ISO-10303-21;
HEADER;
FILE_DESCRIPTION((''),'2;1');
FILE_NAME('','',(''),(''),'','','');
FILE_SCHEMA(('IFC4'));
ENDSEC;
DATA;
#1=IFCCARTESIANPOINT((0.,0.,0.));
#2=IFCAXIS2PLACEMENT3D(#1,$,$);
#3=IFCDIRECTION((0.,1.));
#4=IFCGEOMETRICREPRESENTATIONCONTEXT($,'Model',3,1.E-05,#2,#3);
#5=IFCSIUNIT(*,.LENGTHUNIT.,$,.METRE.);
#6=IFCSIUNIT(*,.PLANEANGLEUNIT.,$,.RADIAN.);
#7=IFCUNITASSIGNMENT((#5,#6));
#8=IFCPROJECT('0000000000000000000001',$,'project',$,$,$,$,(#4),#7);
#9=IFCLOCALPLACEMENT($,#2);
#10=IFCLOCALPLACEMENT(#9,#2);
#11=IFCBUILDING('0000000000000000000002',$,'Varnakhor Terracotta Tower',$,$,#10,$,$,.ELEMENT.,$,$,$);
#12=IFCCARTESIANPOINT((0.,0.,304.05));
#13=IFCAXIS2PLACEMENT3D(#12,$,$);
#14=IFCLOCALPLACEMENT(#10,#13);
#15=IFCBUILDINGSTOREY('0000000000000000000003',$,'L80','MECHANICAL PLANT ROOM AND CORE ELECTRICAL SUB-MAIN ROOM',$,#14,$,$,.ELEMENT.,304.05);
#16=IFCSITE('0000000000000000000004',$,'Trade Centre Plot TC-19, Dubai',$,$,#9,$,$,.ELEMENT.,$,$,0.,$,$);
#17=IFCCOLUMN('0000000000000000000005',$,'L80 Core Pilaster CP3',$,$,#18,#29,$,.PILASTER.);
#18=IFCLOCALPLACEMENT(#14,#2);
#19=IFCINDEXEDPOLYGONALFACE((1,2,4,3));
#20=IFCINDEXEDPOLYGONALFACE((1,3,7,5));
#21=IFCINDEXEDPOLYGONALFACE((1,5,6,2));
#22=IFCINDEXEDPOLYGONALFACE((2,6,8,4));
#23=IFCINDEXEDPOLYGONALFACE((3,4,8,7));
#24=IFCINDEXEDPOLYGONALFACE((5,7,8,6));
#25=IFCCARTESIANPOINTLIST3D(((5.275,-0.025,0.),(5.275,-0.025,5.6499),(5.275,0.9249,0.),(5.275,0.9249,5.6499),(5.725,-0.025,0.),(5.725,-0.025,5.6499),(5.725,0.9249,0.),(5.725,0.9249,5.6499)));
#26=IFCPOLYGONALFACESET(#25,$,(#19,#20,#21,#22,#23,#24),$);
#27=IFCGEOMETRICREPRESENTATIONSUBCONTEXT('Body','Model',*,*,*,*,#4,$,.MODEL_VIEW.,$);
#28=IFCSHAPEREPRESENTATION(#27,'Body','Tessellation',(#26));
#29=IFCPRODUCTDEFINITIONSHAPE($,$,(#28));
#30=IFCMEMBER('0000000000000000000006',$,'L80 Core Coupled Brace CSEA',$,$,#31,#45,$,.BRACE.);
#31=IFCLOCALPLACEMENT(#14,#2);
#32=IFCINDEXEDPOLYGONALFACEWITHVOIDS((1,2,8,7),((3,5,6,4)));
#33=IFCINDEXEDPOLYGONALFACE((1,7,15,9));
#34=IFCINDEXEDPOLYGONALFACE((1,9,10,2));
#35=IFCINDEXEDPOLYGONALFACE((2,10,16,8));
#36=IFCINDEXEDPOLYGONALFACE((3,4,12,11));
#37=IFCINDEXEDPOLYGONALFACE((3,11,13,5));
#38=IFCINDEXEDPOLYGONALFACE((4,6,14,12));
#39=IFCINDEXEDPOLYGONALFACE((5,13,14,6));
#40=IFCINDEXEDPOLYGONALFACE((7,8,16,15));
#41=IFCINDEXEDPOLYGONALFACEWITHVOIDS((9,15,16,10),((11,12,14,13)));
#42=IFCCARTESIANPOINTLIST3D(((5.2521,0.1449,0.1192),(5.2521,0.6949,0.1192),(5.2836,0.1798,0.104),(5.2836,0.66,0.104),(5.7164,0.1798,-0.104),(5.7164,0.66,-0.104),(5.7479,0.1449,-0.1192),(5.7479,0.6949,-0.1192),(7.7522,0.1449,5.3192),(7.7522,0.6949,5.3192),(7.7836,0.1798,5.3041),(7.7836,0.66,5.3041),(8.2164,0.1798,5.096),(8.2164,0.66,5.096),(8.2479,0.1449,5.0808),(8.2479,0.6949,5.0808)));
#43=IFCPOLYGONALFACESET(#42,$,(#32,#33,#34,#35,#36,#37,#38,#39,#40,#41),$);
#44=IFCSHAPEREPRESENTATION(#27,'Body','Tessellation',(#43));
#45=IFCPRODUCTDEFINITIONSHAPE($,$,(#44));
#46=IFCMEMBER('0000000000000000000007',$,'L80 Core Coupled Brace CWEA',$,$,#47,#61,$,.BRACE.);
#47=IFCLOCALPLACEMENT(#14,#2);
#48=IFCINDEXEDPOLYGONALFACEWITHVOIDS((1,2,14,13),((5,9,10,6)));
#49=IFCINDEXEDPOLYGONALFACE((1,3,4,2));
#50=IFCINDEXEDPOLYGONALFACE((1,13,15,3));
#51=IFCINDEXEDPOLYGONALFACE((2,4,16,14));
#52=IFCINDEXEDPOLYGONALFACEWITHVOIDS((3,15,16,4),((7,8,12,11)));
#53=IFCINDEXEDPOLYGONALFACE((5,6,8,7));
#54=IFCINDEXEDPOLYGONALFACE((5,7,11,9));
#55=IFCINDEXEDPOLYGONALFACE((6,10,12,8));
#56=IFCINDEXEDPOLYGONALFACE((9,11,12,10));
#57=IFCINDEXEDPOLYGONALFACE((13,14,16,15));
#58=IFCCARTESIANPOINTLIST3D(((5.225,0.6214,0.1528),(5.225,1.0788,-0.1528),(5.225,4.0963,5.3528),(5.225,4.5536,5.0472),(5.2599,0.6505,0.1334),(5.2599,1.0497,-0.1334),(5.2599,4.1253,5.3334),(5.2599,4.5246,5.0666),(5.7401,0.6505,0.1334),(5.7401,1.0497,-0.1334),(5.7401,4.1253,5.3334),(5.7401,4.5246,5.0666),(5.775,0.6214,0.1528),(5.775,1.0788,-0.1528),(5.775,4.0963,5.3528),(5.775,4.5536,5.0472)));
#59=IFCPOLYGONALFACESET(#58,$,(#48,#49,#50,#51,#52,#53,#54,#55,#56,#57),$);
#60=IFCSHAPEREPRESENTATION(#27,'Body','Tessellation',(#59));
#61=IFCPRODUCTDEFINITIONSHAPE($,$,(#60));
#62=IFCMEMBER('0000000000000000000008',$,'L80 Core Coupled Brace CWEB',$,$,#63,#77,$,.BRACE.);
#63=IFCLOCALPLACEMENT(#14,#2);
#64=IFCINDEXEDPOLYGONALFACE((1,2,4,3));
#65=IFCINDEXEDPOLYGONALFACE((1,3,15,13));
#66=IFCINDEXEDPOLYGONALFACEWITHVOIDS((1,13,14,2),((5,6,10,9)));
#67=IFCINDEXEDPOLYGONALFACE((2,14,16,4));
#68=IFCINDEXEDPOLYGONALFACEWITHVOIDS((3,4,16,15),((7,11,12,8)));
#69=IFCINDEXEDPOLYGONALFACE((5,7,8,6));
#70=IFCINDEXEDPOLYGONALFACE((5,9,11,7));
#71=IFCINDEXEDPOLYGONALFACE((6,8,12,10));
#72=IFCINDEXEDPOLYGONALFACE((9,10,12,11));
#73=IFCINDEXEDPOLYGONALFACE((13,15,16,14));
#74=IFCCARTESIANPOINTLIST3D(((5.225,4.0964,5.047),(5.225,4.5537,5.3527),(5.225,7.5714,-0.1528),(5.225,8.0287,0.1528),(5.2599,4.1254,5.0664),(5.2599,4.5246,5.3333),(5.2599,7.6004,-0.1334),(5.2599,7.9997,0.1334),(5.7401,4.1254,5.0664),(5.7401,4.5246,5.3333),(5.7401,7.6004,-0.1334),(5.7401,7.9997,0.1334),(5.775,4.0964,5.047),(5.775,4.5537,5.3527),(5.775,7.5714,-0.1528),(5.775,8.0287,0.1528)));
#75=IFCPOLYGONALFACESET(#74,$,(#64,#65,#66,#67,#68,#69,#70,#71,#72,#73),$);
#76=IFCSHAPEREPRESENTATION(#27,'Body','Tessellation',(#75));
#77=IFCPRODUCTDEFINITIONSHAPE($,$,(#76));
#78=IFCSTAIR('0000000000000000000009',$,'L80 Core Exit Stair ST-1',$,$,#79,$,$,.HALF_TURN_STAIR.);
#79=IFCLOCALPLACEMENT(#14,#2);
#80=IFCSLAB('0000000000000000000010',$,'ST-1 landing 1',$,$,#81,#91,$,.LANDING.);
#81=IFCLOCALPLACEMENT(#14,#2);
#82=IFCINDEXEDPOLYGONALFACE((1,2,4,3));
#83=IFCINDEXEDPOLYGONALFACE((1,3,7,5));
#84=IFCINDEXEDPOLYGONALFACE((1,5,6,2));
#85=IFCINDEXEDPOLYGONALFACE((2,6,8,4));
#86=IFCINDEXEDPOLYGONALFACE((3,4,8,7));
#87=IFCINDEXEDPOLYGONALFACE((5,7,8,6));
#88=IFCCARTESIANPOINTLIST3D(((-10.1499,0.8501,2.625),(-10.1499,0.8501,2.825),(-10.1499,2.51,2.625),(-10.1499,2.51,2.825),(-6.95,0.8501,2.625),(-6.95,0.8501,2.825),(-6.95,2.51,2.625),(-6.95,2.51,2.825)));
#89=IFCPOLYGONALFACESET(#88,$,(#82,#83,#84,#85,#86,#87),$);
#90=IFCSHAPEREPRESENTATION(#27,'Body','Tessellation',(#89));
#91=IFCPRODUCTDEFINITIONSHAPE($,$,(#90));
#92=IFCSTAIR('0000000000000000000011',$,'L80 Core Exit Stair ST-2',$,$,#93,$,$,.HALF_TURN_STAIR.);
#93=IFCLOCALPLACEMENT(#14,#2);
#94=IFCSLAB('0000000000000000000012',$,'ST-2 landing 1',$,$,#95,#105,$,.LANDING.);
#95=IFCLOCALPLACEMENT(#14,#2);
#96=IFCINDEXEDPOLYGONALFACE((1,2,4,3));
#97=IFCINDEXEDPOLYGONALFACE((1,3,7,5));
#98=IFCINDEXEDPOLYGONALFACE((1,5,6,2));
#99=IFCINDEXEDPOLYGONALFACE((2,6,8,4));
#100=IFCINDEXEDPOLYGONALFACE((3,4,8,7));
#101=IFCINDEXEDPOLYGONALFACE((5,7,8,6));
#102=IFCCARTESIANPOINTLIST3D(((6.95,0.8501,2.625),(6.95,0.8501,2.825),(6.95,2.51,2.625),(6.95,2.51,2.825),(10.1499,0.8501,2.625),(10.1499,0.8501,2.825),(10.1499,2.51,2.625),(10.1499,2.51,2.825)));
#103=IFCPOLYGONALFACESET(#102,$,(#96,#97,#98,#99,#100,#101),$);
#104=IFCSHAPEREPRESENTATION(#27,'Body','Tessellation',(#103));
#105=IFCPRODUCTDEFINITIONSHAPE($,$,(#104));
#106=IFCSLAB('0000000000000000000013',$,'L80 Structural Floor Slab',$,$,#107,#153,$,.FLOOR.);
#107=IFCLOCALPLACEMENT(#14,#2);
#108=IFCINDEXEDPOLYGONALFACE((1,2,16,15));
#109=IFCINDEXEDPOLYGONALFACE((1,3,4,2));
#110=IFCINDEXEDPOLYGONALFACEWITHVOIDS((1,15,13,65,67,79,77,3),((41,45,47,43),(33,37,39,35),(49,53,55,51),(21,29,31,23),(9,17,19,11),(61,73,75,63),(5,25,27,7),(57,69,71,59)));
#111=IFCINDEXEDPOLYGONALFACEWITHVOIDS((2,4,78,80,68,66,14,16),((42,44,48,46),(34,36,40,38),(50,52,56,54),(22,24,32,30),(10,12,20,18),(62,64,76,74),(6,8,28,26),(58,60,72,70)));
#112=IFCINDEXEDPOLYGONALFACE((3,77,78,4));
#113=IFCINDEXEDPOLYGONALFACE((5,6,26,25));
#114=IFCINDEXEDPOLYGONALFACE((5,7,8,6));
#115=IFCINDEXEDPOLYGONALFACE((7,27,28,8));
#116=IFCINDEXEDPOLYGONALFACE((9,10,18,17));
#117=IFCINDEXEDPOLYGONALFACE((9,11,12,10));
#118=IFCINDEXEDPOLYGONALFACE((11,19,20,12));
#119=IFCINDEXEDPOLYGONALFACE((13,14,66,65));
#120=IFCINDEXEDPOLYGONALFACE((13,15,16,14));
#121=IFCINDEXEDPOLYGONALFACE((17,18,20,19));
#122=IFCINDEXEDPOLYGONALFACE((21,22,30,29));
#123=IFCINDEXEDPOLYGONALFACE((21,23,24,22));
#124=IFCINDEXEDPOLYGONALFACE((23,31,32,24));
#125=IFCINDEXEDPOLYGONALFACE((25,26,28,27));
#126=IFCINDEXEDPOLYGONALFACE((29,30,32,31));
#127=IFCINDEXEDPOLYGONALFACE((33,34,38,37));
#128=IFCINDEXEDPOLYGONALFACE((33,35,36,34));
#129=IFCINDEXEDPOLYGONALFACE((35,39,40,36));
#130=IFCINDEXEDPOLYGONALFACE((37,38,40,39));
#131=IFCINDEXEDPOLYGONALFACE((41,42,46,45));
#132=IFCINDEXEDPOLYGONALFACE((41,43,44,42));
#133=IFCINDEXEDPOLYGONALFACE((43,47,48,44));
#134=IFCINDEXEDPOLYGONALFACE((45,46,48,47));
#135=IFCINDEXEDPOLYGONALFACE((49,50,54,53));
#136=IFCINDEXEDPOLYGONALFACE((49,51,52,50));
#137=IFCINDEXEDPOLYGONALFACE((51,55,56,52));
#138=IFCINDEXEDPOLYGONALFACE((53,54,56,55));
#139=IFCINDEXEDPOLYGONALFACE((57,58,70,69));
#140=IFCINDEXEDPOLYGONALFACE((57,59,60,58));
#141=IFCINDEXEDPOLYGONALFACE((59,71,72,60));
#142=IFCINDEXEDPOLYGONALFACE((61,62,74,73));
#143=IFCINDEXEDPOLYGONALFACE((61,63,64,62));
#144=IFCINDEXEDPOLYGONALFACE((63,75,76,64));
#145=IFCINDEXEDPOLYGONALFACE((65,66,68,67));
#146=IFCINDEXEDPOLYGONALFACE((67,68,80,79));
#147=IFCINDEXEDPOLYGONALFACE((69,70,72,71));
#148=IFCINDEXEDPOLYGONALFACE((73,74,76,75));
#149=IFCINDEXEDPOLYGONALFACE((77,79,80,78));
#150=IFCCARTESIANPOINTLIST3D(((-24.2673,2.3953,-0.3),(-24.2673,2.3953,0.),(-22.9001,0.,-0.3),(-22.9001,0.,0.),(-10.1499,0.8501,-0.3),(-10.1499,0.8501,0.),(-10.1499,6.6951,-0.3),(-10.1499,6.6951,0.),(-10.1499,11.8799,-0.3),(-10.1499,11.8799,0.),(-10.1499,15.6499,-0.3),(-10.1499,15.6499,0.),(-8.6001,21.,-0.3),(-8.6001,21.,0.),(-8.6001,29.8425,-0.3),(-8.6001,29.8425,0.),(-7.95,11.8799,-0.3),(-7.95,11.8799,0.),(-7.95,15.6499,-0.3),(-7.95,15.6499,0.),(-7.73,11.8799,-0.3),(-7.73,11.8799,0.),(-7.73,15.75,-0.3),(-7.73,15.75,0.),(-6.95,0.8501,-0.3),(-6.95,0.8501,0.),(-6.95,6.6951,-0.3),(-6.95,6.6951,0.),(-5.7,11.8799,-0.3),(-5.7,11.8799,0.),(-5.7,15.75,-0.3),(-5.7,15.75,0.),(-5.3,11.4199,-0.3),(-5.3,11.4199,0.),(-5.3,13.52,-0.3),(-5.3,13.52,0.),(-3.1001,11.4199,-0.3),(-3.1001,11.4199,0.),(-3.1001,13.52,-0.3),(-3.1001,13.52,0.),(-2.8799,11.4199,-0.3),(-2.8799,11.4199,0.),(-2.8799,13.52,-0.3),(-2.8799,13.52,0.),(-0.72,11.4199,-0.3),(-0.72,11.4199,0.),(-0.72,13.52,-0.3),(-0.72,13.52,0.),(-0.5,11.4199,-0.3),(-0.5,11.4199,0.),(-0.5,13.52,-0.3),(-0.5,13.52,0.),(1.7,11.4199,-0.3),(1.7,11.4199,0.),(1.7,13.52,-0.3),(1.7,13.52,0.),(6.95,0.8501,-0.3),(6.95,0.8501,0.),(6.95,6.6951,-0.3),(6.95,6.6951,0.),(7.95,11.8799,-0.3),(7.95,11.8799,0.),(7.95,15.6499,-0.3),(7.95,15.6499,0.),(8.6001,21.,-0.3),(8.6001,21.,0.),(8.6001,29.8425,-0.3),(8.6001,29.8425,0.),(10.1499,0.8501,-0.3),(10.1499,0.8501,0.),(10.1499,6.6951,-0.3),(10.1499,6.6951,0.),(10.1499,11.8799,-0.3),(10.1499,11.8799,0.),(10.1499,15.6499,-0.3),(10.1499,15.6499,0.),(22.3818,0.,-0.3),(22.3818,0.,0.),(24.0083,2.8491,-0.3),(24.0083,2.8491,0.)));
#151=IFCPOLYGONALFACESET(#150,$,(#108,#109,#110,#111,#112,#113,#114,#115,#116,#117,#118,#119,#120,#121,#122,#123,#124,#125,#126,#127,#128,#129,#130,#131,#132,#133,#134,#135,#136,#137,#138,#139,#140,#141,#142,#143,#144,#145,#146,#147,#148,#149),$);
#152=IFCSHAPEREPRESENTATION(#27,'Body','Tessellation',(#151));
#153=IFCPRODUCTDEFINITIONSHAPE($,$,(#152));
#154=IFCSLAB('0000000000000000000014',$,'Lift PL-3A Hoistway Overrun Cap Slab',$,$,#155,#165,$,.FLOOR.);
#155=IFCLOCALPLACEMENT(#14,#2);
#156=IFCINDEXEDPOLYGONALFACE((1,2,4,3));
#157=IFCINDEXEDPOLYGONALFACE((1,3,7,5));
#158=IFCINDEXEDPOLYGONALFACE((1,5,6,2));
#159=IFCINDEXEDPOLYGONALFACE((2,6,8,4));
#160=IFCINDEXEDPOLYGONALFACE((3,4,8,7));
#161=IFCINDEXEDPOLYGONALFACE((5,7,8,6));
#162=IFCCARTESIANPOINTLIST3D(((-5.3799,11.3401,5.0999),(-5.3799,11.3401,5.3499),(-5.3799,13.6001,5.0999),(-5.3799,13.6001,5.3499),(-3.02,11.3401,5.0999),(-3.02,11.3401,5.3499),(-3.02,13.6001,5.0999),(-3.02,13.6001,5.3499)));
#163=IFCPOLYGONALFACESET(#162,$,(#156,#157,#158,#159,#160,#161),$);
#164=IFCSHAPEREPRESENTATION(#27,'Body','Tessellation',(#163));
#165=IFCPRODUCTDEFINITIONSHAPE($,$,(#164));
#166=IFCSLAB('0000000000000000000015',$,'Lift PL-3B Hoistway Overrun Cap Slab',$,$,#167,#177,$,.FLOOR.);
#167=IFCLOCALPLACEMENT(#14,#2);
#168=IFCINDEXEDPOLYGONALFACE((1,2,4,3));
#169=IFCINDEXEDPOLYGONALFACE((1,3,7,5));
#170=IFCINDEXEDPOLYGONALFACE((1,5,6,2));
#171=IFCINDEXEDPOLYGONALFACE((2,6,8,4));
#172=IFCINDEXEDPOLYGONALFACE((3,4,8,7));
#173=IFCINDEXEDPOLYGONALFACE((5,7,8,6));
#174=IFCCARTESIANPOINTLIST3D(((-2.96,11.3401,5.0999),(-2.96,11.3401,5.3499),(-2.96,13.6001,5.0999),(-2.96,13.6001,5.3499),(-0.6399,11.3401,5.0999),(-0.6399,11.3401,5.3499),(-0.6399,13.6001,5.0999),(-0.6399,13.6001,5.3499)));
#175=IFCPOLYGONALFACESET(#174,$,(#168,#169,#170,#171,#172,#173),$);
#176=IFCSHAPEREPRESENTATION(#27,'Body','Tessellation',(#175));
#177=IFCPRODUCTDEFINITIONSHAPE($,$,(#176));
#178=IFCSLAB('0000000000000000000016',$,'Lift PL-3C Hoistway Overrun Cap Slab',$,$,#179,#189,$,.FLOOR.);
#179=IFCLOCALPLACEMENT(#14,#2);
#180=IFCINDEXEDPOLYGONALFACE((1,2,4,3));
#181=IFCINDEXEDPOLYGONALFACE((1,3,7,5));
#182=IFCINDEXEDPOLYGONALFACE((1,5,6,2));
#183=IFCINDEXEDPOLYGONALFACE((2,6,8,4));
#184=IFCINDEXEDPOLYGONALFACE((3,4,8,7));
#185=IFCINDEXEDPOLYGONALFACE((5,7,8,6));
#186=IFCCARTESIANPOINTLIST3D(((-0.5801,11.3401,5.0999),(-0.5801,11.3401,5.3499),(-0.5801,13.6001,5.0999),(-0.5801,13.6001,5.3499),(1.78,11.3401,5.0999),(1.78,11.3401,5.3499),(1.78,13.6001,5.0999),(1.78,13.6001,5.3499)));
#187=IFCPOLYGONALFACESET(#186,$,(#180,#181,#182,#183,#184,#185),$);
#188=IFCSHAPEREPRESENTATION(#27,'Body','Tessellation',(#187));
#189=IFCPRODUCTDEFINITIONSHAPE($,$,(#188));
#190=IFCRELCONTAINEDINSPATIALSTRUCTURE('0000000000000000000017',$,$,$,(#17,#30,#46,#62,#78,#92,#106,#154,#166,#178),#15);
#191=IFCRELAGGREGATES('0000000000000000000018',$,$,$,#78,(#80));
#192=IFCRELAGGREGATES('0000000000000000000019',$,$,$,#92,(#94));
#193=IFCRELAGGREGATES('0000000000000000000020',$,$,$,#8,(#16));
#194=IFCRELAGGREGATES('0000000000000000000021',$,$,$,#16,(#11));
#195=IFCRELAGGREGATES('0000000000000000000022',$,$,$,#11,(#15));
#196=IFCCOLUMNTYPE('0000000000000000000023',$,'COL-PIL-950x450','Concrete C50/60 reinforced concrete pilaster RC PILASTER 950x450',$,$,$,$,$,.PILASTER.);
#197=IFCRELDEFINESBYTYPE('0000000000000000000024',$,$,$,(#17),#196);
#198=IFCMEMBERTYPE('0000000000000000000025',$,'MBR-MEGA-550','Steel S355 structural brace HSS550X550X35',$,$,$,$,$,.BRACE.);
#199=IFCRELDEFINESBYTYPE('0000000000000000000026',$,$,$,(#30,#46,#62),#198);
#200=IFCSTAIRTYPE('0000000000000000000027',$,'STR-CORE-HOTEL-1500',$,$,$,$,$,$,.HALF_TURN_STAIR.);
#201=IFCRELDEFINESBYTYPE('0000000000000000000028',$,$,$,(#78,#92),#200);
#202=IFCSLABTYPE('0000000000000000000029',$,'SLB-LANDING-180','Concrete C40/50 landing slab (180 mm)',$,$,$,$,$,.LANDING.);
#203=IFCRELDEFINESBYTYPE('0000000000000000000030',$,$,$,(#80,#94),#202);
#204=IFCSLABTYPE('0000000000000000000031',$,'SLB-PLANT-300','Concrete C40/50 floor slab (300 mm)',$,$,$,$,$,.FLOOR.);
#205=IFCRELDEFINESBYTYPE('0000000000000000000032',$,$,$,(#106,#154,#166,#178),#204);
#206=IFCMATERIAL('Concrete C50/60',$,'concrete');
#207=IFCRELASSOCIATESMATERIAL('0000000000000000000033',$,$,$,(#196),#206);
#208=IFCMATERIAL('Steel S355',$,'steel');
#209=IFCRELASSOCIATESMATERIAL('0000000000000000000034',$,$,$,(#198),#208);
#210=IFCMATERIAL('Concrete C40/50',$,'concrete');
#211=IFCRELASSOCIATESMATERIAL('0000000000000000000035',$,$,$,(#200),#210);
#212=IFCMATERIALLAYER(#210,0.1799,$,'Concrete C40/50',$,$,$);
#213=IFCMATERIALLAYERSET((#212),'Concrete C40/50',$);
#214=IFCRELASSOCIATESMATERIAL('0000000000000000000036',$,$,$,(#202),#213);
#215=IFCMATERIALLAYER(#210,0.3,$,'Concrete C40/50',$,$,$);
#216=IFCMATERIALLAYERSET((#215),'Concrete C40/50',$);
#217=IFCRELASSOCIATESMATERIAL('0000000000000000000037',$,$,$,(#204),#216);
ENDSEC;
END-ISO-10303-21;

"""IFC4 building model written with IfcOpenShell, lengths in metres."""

from ifc_helpers import new_model, si_unit, direction, frame, origin, origin_2d, place, context, subcontext, project, spatial, polyline, rectangle, hollow_rectangle, outline, extrude, source, transform, mapped, material, layer, layer_set, material_profile, profile_set, type_object, element, aggregate, save


model = new_model("IFC4")

# Units and contexts
model_context = context("Model", 3, precision=1e-05, world=origin(), true_north=direction((0.0, 1.0)))
body_context = subcontext(model_context, "Body", "Model", "MODEL_VIEW")
ifc_project = project(units=[si_unit("LENGTHUNIT", "METRE"), si_unit("PLANEANGLEUNIT", "RADIAN")], contexts=[model_context])

# Site, building, storey
site_placement = place(None, origin())
site = spatial("IfcSite", under=ifc_project, at=site_placement, Name="Trade Centre Plot TC-19, Dubai", CompositionType="ELEMENT", RefElevation=0.0)
building_placement = place(site_placement, origin())
building = spatial("IfcBuilding", under=site, at=building_placement, Name="Varnakhor Terracotta Tower", CompositionType="ELEMENT")
storey_placement = place(building_placement, frame((0.0, 0.0, 304.05)))
storey = spatial("IfcBuildingStorey", under=building, at=storey_placement, Name="L80", Description="MECHANICAL PLANT ROOM AND CORE ELECTRICAL SUB-MAIN ROOM", CompositionType="ELEMENT", Elevation=304.05)

# Column
ifc_material_1 = material(Name="Concrete C50/60", Category="concrete")
ifc_material_profile_1 = material_profile(ifc_material_1, rectangle(XDim=0.45, YDim=0.95, at=origin_2d()), Name="RC PILASTER 950x450")
ifc_profile_set_1 = profile_set([ifc_material_profile_1], Name="Concrete C50/60")
column_type = type_object("IfcColumnType", Name="COL-PIL-950x450", Description="Concrete C50/60 reinforced concrete pilaster RC PILASTER 950x450", PredefinedType="PILASTER", material=ifc_profile_set_1)
shared_shape_1 = source(origin(), body_context, "Body", "SweptSolid", [
    extrude(rectangle(XDim=0.45, YDim=0.95, at=origin_2d()), origin(), (0.0, 0.0, 1.0), 5.6499),
])
column_placement = place(storey_placement, frame((5.5, 0.45, 0.0), z_axis=(0.0, 0.0, 1.0), x_axis=(1.0, 0.0, 0.0)))
element("IfcColumn", 1, at=column_placement, inside=storey, type_object=column_type, Name="L80 Core Pilaster CP3", PredefinedType="PILASTER", context=body_context, shape_type="MappedRepresentation", body=[
    mapped(shared_shape_1, transform((0.0, 0.0, 0.0), scale=1.0)),
])

# Members
ifc_material_2 = material(Name="Steel S355", Category="steel")
ifc_material_profile_2 = material_profile(ifc_material_2, hollow_rectangle(XDim=0.55, YDim=0.55, WallThickness=0.0349, at=origin_2d()), Name="HSS550X550X35")
ifc_profile_set_2 = profile_set([ifc_material_profile_2], Name="Steel S355")
member_type = type_object("IfcMemberType", Name="MBR-MEGA-550", Description="Steel S355 structural brace HSS550X550X35", PredefinedType="BRACE", material=ifc_profile_set_2)
shared_shape_2 = source(origin(), body_context, "Body", "SweptSolid", [
    extrude(hollow_rectangle(XDim=0.55, YDim=0.55, WallThickness=0.0349, at=origin_2d()), origin(), (0.0, 0.0, 1.0), 5.7698),
])
member_placement = place(storey_placement, frame((5.5, 0.4199, 0.0), z_axis=(0.433298, 0.0, 0.901251), x_axis=(0.0, 1.0, 0.0)))
element("IfcMember", 2, at=member_placement, inside=storey, type_object=member_type, Name="L80 Core Coupled Brace CSEA", PredefinedType="BRACE", context=body_context, shape_type="MappedRepresentation", body=[
    mapped(shared_shape_2, transform((0.0, 0.0, 0.0), scale=1.0)),
])
shared_shape_3 = source(origin(), body_context, "Body", "SweptSolid", [
    extrude(hollow_rectangle(XDim=0.55, YDim=0.55, WallThickness=0.0349, at=origin_2d()), origin(), (0.0, 0.0, 1.0), 6.2542),
])
for number, where, z_axis, x_axis, name in (
    (3, (5.5, 0.8501, 0.0), (0.0, 0.55561, 0.831443), (-1.0, 0.0, 0.0), "L80 Core Coupled Brace CWEA"),
    (4, (5.5, 7.8, 0.0), (0.0, -0.555637, 0.831425), (1.0, 0.0, 0.0), "L80 Core Coupled Brace CWEB"),
):
    element("IfcMember", number, at=place(storey_placement, frame(where, z_axis=z_axis, x_axis=x_axis)), inside=storey, type_object=member_type, Name=name, PredefinedType="BRACE", context=body_context, shape_type="MappedRepresentation", body=[
        mapped(shared_shape_3, transform((0.0, 0.0, 0.0), scale=1.0)),
    ])

# Stairs, slabs
ifc_material_3 = material(Name="Concrete C40/50", Category="concrete")
stair_type = type_object("IfcStairType", Name="STR-CORE-HOTEL-1500", PredefinedType="HALF_TURN_STAIR", material=ifc_material_3)
stair_1_placement = place(storey_placement, origin())
stair_1 = element("IfcStair", 5, at=stair_1_placement, inside=storey, type_object=stair_type, Name="L80 Core Exit Stair ST-1", PredefinedType="HALF_TURN_STAIR")
ifc_layer_1 = layer(ifc_material_3, 0.1799, Name="Concrete C40/50")
ifc_layer_set_1 = layer_set([ifc_layer_1], Name="Concrete C40/50")
slab_type_1 = type_object("IfcSlabType", Name="SLB-LANDING-180", Description="Concrete C40/50 landing slab (180 mm)", PredefinedType="LANDING", material=ifc_layer_set_1)
slab_1_placement = place(storey_placement, frame((0.0, 0.0, 2.625)))
slab_1 = element("IfcSlab", 6, at=slab_1_placement, type_object=slab_type_1, Name="ST-1 landing 1", PredefinedType="LANDING", context=body_context, shape_type="SweptSolid", body=[
    extrude(outline(polyline([(-10.1499, 2.51), (-10.1499, 0.8501), (-6.95, 0.8501), (-6.95, 2.51), (-10.1499, 2.51)])), origin(), (0.0, 0.0, 1.0), 0.2),
])
aggregate(stair_1, [slab_1])
stair_2_placement = place(storey_placement, origin())
stair_2 = element("IfcStair", 7, at=stair_2_placement, inside=storey, type_object=stair_type, Name="L80 Core Exit Stair ST-2", PredefinedType="HALF_TURN_STAIR")
slab_2_placement = place(storey_placement, frame((0.0, 0.0, 2.625)))
slab_2 = element("IfcSlab", 8, at=slab_2_placement, type_object=slab_type_1, Name="ST-2 landing 1", PredefinedType="LANDING", context=body_context, shape_type="SweptSolid", body=[
    extrude(outline(polyline([(6.95, 2.51), (6.95, 0.8501), (10.1499, 0.8501), (10.1499, 2.51), (6.95, 2.51)])), origin(), (0.0, 0.0, 1.0), 0.2),
])
aggregate(stair_2, [slab_2])

# Slabs
ifc_layer_2 = layer(ifc_material_3, 0.3, Name="Concrete C40/50")
ifc_layer_set_2 = layer_set([ifc_layer_2], Name="Concrete C40/50")
slab_type_2 = type_object("IfcSlabType", Name="SLB-PLANT-300", Description="Concrete C40/50 floor slab (300 mm)", PredefinedType="FLOOR", material=ifc_layer_set_2)
slab_3_placement = place(storey_placement, frame((0.0, 0.0, -0.3)))
element("IfcSlab", 9, at=slab_3_placement, inside=storey, type_object=slab_type_2, Name="L80 Structural Floor Slab", PredefinedType="FLOOR", context=body_context, shape_type="SweptSolid", body=[
    extrude(outline(polyline([(24.0083, 2.8491), (22.3818, 0.0), (-22.9001, 0.0), (-24.2673, 2.3953), (-8.6001, 29.8425), (-8.6001, 21.0), (8.6001, 21.0), (8.6001, 29.8425), (24.0083, 2.8491)]), holes=[polyline([(-6.95, 0.8501), (-6.95, 6.6951), (-10.1499, 6.6951), (-10.1499, 0.8501), (-6.95, 0.8501)]), polyline([(10.1499, 0.8501), (10.1499, 6.6951), (6.95, 6.6951), (6.95, 0.8501), (10.1499, 0.8501)]), polyline([(-3.1001, 11.4199), (-3.1001, 13.52), (-5.3, 13.52), (-5.3, 11.4199), (-3.1001, 11.4199)]), polyline([(-0.72, 11.4199), (-0.72, 13.52), (-2.8799, 13.52), (-2.8799, 11.4199), (-0.72, 11.4199)]), polyline([(1.7, 11.4199), (1.7, 13.52), (-0.5, 13.52), (-0.5, 11.4199), (1.7, 11.4199)]), polyline([(-7.95, 11.8799), (-7.95, 15.6499), (-10.1499, 15.6499), (-10.1499, 11.8799), (-7.95, 11.8799)]), polyline([(10.1499, 11.8799), (10.1499, 15.6499), (7.95, 15.6499), (7.95, 11.8799), (10.1499, 11.8799)]), polyline([(-7.73, 11.8799), (-5.7, 11.8799), (-5.7, 15.75), (-7.73, 15.75), (-7.73, 11.8799)])]), origin(), (0.0, 0.0, 1.0), 0.3),
])
slab_4_placement = place(storey_placement, frame((0.0, 0.0, 5.0999)))
element("IfcSlab", 10, at=slab_4_placement, inside=storey, type_object=slab_type_2, Name="Lift PL-3A Hoistway Overrun Cap Slab", PredefinedType="FLOOR", context=body_context, shape_type="SweptSolid", body=[
    extrude(outline(polyline([(-5.3799, 11.3401), (-3.02, 11.3401), (-3.02, 13.6001), (-5.3799, 13.6001), (-5.3799, 11.3401)])), origin(), (0.0, 0.0, 1.0), 0.25),
])
slab_5_placement = place(storey_placement, frame((0.0, 0.0, 5.0999)))
element("IfcSlab", 11, at=slab_5_placement, inside=storey, type_object=slab_type_2, Name="Lift PL-3B Hoistway Overrun Cap Slab", PredefinedType="FLOOR", context=body_context, shape_type="SweptSolid", body=[
    extrude(outline(polyline([(-2.96, 11.3401), (-0.6399, 11.3401), (-0.6399, 13.6001), (-2.96, 13.6001), (-2.96, 11.3401)])), origin(), (0.0, 0.0, 1.0), 0.25),
])
slab_6_placement = place(storey_placement, frame((0.0, 0.0, 5.0999)))
element("IfcSlab", 12, at=slab_6_placement, inside=storey, type_object=slab_type_2, Name="Lift PL-3C Hoistway Overrun Cap Slab", PredefinedType="FLOOR", context=body_context, shape_type="SweptSolid", body=[
    extrude(outline(polyline([(-0.5801, 11.3401), (1.78, 11.3401), (1.78, 13.6001), (-0.5801, 13.6001), (-0.5801, 11.3401)])), origin(), (0.0, 0.0, 1.0), 0.25),
])

save(model, "model.ifc")
